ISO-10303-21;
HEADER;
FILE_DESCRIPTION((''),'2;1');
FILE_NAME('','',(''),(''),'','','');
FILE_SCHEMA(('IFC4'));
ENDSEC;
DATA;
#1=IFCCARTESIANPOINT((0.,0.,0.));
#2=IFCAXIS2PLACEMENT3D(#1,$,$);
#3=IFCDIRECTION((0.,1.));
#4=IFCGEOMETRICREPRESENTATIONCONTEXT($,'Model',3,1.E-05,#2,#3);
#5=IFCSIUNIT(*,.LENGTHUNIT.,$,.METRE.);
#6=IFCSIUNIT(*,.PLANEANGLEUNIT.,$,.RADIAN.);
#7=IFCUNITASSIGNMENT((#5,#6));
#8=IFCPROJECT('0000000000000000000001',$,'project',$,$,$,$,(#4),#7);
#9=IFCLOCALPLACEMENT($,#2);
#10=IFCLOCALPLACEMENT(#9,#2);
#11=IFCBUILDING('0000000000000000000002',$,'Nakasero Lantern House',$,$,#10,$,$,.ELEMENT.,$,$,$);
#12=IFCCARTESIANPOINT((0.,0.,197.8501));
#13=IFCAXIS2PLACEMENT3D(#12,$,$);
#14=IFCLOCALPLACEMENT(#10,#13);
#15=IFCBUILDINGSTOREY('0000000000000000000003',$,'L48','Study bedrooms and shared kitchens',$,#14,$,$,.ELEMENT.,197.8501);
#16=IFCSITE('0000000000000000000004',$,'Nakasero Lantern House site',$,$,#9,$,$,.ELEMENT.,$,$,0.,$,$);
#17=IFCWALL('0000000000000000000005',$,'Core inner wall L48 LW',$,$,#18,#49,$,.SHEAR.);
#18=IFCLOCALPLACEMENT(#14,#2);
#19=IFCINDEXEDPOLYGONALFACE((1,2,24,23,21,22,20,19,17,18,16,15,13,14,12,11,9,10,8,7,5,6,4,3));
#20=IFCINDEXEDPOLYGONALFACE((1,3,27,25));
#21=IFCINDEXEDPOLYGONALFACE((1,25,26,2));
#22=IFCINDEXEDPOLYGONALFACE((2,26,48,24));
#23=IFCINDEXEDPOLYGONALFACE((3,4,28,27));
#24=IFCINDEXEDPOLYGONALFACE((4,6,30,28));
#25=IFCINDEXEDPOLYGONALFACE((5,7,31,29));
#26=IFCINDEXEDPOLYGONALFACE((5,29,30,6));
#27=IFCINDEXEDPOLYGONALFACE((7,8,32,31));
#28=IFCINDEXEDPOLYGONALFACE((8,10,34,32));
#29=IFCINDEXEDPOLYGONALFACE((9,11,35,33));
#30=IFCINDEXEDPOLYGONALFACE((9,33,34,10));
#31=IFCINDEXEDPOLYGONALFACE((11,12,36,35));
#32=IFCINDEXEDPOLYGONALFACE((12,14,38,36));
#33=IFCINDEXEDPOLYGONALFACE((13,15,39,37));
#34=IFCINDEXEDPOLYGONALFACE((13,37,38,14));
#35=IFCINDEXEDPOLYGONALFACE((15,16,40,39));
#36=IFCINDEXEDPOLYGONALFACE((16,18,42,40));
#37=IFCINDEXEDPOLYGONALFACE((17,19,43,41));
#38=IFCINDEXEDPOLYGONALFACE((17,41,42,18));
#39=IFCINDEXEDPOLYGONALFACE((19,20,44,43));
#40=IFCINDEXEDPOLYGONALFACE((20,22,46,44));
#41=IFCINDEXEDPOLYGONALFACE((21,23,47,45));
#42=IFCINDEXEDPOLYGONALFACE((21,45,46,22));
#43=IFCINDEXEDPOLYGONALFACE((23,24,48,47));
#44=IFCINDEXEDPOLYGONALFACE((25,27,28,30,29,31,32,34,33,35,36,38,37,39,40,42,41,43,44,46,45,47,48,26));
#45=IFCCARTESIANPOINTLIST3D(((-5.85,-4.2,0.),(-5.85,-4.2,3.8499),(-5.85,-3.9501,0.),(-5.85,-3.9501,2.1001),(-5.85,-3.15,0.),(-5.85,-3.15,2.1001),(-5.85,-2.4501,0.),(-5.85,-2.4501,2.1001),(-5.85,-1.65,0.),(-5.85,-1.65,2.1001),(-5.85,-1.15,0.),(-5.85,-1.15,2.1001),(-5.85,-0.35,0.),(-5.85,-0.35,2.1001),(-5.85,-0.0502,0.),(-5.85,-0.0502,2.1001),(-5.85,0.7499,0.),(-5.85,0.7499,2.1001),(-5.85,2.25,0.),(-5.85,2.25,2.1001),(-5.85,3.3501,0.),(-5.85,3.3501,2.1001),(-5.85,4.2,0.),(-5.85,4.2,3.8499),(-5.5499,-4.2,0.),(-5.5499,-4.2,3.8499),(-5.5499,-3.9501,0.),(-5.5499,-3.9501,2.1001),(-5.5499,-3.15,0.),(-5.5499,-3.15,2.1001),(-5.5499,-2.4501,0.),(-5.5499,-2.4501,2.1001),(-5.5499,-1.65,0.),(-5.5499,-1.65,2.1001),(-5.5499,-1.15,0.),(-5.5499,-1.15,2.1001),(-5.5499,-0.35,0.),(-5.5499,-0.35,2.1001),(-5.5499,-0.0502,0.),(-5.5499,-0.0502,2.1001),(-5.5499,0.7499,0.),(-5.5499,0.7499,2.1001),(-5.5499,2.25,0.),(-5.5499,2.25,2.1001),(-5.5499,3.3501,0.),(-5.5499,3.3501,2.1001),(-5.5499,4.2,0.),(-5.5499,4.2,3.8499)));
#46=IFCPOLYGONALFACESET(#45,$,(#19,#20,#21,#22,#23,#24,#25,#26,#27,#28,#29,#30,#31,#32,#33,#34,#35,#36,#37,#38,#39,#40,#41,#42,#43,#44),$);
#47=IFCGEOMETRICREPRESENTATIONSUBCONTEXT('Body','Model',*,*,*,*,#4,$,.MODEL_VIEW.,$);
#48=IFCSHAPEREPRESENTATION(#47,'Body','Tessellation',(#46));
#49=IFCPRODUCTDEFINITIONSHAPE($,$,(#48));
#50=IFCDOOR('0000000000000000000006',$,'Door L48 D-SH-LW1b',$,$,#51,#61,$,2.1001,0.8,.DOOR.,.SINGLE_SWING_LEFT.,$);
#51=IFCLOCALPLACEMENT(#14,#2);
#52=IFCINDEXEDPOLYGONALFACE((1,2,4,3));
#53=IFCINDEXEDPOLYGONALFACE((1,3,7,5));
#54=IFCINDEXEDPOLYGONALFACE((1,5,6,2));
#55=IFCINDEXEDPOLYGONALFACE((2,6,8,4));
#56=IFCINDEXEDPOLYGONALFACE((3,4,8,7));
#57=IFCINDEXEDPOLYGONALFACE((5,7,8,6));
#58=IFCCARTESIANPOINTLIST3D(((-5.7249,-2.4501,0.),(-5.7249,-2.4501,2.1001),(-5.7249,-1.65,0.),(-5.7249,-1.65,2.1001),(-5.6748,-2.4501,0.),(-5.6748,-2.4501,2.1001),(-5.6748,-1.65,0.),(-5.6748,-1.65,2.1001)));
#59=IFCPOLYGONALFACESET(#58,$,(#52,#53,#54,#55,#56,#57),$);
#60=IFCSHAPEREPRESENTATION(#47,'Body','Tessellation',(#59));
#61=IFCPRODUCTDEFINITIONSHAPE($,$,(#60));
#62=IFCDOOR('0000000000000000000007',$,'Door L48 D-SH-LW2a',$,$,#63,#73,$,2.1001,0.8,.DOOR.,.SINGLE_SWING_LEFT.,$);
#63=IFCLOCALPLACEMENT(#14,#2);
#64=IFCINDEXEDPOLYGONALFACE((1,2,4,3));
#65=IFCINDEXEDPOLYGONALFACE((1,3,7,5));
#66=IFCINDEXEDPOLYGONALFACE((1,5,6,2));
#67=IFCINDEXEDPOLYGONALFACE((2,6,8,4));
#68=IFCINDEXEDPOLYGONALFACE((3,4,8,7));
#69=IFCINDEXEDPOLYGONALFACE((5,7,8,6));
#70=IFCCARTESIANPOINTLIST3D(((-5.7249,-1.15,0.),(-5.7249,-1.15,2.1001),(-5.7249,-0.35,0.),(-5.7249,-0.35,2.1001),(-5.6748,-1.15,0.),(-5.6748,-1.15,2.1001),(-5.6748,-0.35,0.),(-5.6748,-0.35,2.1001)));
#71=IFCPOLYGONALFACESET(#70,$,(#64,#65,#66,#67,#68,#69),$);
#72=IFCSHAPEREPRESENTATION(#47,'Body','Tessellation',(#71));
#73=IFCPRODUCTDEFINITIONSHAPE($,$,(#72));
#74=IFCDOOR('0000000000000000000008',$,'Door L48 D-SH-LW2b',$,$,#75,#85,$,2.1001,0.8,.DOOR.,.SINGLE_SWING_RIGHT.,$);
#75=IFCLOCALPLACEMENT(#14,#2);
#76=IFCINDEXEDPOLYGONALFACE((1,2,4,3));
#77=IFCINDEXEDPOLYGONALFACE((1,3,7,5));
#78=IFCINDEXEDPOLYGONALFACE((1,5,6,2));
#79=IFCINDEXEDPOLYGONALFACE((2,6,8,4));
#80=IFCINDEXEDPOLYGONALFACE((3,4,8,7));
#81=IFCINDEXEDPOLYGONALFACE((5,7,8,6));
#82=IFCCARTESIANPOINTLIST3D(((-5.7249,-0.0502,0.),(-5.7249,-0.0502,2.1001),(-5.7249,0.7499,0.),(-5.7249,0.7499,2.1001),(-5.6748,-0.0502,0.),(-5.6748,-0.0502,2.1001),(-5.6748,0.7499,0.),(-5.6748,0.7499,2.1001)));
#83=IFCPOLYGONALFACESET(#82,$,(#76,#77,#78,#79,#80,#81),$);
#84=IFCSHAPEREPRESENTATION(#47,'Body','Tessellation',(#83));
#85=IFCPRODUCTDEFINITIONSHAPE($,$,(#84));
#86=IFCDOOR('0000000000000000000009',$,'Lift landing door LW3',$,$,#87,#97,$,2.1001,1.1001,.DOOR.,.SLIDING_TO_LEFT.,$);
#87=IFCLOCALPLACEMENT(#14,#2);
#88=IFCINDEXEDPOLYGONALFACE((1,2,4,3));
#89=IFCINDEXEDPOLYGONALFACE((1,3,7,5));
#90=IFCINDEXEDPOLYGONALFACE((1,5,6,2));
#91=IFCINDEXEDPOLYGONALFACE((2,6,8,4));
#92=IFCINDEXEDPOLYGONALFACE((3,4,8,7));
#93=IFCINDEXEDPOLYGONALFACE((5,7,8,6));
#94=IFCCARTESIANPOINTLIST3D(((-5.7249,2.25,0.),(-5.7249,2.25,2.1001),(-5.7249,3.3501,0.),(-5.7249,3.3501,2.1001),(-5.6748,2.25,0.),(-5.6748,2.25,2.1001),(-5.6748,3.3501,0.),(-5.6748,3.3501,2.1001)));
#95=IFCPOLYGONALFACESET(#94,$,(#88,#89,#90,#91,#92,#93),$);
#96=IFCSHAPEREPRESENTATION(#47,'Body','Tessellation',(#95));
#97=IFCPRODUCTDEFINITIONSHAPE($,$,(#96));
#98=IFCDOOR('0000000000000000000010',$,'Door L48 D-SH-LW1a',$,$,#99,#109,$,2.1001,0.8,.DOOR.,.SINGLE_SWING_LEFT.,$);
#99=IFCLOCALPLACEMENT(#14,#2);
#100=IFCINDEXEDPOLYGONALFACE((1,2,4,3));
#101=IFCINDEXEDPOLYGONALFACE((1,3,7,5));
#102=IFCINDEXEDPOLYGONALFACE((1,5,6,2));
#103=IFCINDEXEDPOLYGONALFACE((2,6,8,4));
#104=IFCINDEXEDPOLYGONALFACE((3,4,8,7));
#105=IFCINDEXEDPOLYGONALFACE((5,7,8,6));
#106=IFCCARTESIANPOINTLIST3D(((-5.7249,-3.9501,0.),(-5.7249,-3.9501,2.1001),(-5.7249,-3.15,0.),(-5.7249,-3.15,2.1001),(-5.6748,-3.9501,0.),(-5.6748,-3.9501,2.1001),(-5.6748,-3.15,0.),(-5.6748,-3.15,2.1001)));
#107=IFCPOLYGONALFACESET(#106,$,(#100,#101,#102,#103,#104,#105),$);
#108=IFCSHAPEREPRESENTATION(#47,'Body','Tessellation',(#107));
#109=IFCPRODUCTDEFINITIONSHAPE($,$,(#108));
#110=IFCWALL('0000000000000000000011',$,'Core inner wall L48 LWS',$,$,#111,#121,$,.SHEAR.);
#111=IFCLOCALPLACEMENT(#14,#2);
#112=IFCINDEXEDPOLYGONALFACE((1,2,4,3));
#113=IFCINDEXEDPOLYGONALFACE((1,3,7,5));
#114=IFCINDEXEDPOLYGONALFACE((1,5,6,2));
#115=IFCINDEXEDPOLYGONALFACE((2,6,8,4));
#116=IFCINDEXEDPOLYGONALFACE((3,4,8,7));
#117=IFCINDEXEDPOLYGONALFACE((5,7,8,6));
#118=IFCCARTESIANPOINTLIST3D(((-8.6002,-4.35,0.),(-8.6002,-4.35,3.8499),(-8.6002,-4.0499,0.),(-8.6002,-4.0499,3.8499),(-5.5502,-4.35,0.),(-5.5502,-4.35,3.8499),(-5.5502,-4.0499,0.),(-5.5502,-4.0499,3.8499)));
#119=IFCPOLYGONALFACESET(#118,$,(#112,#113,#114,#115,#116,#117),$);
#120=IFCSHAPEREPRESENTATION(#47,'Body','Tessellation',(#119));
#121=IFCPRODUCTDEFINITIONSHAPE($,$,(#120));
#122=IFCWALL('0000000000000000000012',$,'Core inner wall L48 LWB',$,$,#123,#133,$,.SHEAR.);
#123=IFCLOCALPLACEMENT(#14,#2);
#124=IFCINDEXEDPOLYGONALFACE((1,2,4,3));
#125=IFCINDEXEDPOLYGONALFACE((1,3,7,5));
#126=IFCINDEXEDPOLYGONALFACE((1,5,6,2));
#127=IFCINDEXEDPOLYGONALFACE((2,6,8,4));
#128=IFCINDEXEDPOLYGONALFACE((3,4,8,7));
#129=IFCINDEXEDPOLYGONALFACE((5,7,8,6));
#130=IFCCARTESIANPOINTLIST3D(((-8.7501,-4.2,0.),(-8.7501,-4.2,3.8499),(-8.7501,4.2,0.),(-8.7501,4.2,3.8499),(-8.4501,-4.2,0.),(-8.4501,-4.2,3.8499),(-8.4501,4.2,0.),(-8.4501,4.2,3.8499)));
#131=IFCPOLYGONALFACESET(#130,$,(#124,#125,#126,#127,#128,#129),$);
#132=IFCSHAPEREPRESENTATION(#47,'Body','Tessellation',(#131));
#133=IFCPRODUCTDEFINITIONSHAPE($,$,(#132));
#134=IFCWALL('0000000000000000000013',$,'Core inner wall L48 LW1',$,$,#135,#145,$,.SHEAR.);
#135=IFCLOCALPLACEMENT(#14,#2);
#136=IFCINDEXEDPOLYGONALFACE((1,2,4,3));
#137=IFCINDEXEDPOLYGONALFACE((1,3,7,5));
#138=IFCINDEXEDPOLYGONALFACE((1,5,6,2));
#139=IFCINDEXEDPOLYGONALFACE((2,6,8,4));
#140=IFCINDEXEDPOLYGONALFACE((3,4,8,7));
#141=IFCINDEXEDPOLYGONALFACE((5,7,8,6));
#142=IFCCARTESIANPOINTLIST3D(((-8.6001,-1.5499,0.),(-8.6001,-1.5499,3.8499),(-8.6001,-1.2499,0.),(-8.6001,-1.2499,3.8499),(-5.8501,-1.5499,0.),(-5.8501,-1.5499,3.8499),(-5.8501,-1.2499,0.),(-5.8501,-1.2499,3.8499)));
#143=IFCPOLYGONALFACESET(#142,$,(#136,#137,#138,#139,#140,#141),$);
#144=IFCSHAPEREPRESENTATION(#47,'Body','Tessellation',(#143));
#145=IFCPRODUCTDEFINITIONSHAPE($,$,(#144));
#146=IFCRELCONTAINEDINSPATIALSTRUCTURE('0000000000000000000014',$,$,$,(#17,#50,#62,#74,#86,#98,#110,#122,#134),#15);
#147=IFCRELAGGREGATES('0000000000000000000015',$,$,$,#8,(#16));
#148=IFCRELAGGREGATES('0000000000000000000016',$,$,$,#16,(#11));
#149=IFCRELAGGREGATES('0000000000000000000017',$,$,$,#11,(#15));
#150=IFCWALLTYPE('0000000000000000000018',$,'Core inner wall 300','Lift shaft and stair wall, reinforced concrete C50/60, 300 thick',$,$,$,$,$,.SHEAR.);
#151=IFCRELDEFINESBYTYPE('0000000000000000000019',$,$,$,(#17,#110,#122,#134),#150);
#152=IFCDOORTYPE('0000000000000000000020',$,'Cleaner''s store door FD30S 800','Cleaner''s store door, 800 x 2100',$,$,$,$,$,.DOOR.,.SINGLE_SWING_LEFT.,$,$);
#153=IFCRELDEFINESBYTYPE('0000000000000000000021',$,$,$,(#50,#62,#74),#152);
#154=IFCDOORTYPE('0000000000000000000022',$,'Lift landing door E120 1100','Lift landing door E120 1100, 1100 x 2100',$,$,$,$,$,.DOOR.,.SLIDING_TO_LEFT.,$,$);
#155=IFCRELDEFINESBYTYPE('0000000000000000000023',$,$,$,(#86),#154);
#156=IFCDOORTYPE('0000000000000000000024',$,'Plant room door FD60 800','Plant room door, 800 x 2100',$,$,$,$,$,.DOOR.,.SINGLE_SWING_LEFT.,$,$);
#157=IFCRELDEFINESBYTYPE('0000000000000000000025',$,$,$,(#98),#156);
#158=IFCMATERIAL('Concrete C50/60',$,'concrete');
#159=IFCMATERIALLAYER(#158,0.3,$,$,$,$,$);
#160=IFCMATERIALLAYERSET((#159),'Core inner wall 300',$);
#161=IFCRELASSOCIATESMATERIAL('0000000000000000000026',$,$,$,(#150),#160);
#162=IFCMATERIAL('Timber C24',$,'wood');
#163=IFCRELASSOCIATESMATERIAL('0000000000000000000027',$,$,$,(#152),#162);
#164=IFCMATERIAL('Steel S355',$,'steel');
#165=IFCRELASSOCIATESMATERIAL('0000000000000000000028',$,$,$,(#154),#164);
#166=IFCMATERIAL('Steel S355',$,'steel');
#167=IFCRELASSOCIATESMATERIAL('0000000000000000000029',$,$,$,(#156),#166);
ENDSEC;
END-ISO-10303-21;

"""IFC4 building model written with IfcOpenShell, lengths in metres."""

from ifc_helpers import new_model, si_unit, direction, frame, frame_2d, origin, place, context, subcontext, project, spatial, rectangle, extrude, material, layer, layer_set, type_object, element, fill, save


model = new_model("IFC4")

# Units and contexts
model_context = context("Model", 3, precision=1e-05, world=origin(), true_north=direction((0.0, 1.0)))
body_context = subcontext(model_context, "Body", "Model", "MODEL_VIEW")
ifc_project = project(units=[si_unit("LENGTHUNIT", "METRE"), si_unit("PLANEANGLEUNIT", "RADIAN")], contexts=[model_context])

# Site, building, storey
site_placement = place(None, origin())
site = spatial("IfcSite", under=ifc_project, at=site_placement, Name="Nakasero Lantern House site", CompositionType="ELEMENT", RefElevation=0.0)
building_placement = place(site_placement, origin())
building = spatial("IfcBuilding", under=site, at=building_placement, Name="Nakasero Lantern House", CompositionType="ELEMENT")
storey_placement = place(building_placement, frame((0.0, 0.0, 197.8501)))
storey = spatial("IfcBuildingStorey", under=building, at=storey_placement, Name="L48", Description="Study bedrooms and shared kitchens", CompositionType="ELEMENT", Elevation=197.8501)

# Wall, openings, doors
ifc_material_1 = material(Name="Concrete C50/60", Category="concrete")
ifc_layer_1 = layer(ifc_material_1, 0.3)
ifc_layer_set_1 = layer_set([ifc_layer_1], Name="Core inner wall 300")
wall_type_1 = type_object("IfcWallType", Name="Core inner wall 300", Description="Lift shaft and stair wall, reinforced concrete C50/60, 300 thick", PredefinedType="SHEAR", material=ifc_layer_set_1)
wall_1_placement = place(storey_placement, frame((-5.7, -4.2, 0.0), z_axis=(0.0, 0.0, 1.0), x_axis=(0.0, 1.0, 0.0)))
wall_1 = element("IfcWall", 1, at=wall_1_placement, inside=storey, type_object=wall_type_1, Name="Core inner wall L48 LW", PredefinedType="SHEAR", context=body_context, shape_type="SweptSolid", body=[
    extrude(rectangle(XDim=8.3999, YDim=0.3, at=frame_2d((4.2, 0.0))), origin(), (0.0, 0.0, 1.0), 3.8499),
])
opening_1_placement = place(wall_1_placement, frame((0.25, 0.0, 0.0)))
opening_1 = element("IfcOpeningElement", 2, at=opening_1_placement, cuts=wall_1, PredefinedType="OPENING", context=body_context, shape_type="SweptSolid", body=[
    extrude(rectangle(XDim=0.8, YDim=2.1001, at=frame_2d((0.3999, 1.05))), frame((0.0, 0.1699, 0.0), z_axis=(0.0, -1.0, 0.0), x_axis=(1.0, 0.0, 0.0)), (0.0, 0.0, 1.0), 0.3401),
])
opening_2_placement = place(wall_1_placement, frame((1.75, 0.0, 0.0)))
opening_2 = element("IfcOpeningElement", 3, at=opening_2_placement, cuts=wall_1, PredefinedType="OPENING", context=body_context, shape_type="SweptSolid", body=[
    extrude(rectangle(XDim=0.8, YDim=2.1001, at=frame_2d((0.3999, 1.05))), frame((0.0, 0.1699, 0.0), z_axis=(0.0, -1.0, 0.0), x_axis=(1.0, 0.0, 0.0)), (0.0, 0.0, 1.0), 0.3401),
])
opening_3_placement = place(wall_1_placement, frame((3.05, 0.0, 0.0)))
opening_3 = element("IfcOpeningElement", 4, at=opening_3_placement, cuts=wall_1, PredefinedType="OPENING", context=body_context, shape_type="SweptSolid", body=[
    extrude(rectangle(XDim=0.8, YDim=2.1001, at=frame_2d((0.3999, 1.05))), frame((0.0, 0.1699, 0.0), z_axis=(0.0, -1.0, 0.0), x_axis=(1.0, 0.0, 0.0)), (0.0, 0.0, 1.0), 0.3401),
])
opening_4_placement = place(wall_1_placement, frame((4.1499, 0.0, 0.0)))
opening_4 = element("IfcOpeningElement", 5, at=opening_4_placement, cuts=wall_1, PredefinedType="OPENING", context=body_context, shape_type="SweptSolid", body=[
    extrude(rectangle(XDim=0.8, YDim=2.1001, at=frame_2d((0.3999, 1.05))), frame((0.0, 0.1699, 0.0), z_axis=(0.0, -1.0, 0.0), x_axis=(1.0, 0.0, 0.0)), (0.0, 0.0, 1.0), 0.3401),
])
opening_5_placement = place(wall_1_placement, frame((6.45, 0.0, 0.0)))
opening_5 = element("IfcOpeningElement", 6, at=opening_5_placement, cuts=wall_1, PredefinedType="OPENING", context=body_context, shape_type="SweptSolid", body=[
    extrude(rectangle(XDim=1.1001, YDim=2.1001, at=frame_2d((0.55, 1.05))), frame((0.0, 0.1699, 0.0), z_axis=(0.0, -1.0, 0.0), x_axis=(1.0, 0.0, 0.0)), (0.0, 0.0, 1.0), 0.3401),
])
ifc_material_2 = material(Name="Timber C24", Category="wood")
door_type_1 = type_object("IfcDoorType", Name="Cleaner's store door FD30S 800", Description="Cleaner's store door, 800 x 2100", OperationType="SINGLE_SWING_LEFT", PredefinedType="DOOR", material=ifc_material_2)
door_1_placement = place(opening_2_placement, origin())
door_1 = element("IfcDoor", 7, at=door_1_placement, inside=storey, type_object=door_type_1, Name="Door L48 D-SH-LW1b", OperationType="SINGLE_SWING_LEFT", OverallHeight=2.1001, OverallWidth=0.8, PredefinedType="DOOR", context=body_context, shape_type="SweptSolid", body=[
    extrude(rectangle(XDim=0.8, YDim=2.1001, at=frame_2d((0.3999, 1.05))), frame((0.0, 0.0249, 0.0), z_axis=(0.0, -1.0, 0.0), x_axis=(1.0, 0.0, 0.0)), (0.0, 0.0, 1.0), 0.05),
])
fill(opening_2, door_1)
door_2_placement = place(opening_3_placement, origin())
door_2 = element("IfcDoor", 8, at=door_2_placement, inside=storey, type_object=door_type_1, Name="Door L48 D-SH-LW2a", OperationType="SINGLE_SWING_LEFT", OverallHeight=2.1001, OverallWidth=0.8, PredefinedType="DOOR", context=body_context, shape_type="SweptSolid", body=[
    extrude(rectangle(XDim=0.8, YDim=2.1001, at=frame_2d((0.3999, 1.05))), frame((0.0, 0.0249, 0.0), z_axis=(0.0, -1.0, 0.0), x_axis=(1.0, 0.0, 0.0)), (0.0, 0.0, 1.0), 0.05),
])
fill(opening_3, door_2)
door_3_placement = place(opening_4_placement, origin())
door_3 = element("IfcDoor", 9, at=door_3_placement, inside=storey, type_object=door_type_1, Name="Door L48 D-SH-LW2b", OperationType="SINGLE_SWING_RIGHT", OverallHeight=2.1001, OverallWidth=0.8, PredefinedType="DOOR", context=body_context, shape_type="SweptSolid", body=[
    extrude(rectangle(XDim=0.8, YDim=2.1001, at=frame_2d((0.3999, 1.05))), frame((0.0, 0.0249, 0.0), z_axis=(0.0, -1.0, 0.0), x_axis=(1.0, 0.0, 0.0)), (0.0, 0.0, 1.0), 0.05),
])
fill(opening_4, door_3)
ifc_material_3 = material(Name="Steel S355", Category="steel")
door_type_2 = type_object("IfcDoorType", Name="Lift landing door E120 1100", Description="Lift landing door E120 1100, 1100 x 2100", OperationType="SLIDING_TO_LEFT", PredefinedType="DOOR", material=ifc_material_3)
door_4_placement = place(opening_5_placement, origin())
door_4 = element("IfcDoor", 10, at=door_4_placement, inside=storey, type_object=door_type_2, Name="Lift landing door LW3", OperationType="SLIDING_TO_LEFT", OverallHeight=2.1001, OverallWidth=1.1001, PredefinedType="DOOR", context=body_context, shape_type="SweptSolid", body=[
    extrude(rectangle(XDim=1.1001, YDim=2.1001, at=frame_2d((0.55, 1.05))), frame((0.0, 0.0249, 0.0), z_axis=(0.0, -1.0, 0.0), x_axis=(1.0, 0.0, 0.0)), (0.0, 0.0, 1.0), 0.05),
])
fill(opening_5, door_4)
ifc_material_4 = material(Name="Steel S355", Category="steel")
door_type_3 = type_object("IfcDoorType", Name="Plant room door FD60 800", Description="Plant room door, 800 x 2100", OperationType="SINGLE_SWING_LEFT", PredefinedType="DOOR", material=ifc_material_4)
door_5_placement = place(opening_1_placement, origin())
door_5 = element("IfcDoor", 11, at=door_5_placement, inside=storey, type_object=door_type_3, Name="Door L48 D-SH-LW1a", OperationType="SINGLE_SWING_LEFT", OverallHeight=2.1001, OverallWidth=0.8, PredefinedType="DOOR", context=body_context, shape_type="SweptSolid", body=[
    extrude(rectangle(XDim=0.8, YDim=2.1001, at=frame_2d((0.3999, 1.05))), frame((0.0, 0.0249, 0.0), z_axis=(0.0, -1.0, 0.0), x_axis=(1.0, 0.0, 0.0)), (0.0, 0.0, 1.0), 0.05),
])
fill(opening_1, door_5)

# Walls
wall_2_placement = place(storey_placement, frame((-8.6001, -4.2, 0.0), z_axis=(0.0, 0.0, 1.0), x_axis=(1.0, 0.0, 0.0)))
element("IfcWall", 12, at=wall_2_placement, inside=storey, type_object=wall_type_1, Name="Core inner wall L48 LWS", PredefinedType="SHEAR", context=body_context, shape_type="SweptSolid", body=[
    extrude(rectangle(XDim=3.05, YDim=0.3, at=frame_2d((1.5249, 0.0))), origin(), (0.0, 0.0, 1.0), 3.8499),
])
wall_3_placement = place(storey_placement, frame((-8.6001, -4.2, 0.0), z_axis=(0.0, 0.0, 1.0), x_axis=(0.0, 1.0, 0.0)))
element("IfcWall", 13, at=wall_3_placement, inside=storey, type_object=wall_type_1, Name="Core inner wall L48 LWB", PredefinedType="SHEAR", context=body_context, shape_type="SweptSolid", body=[
    extrude(rectangle(XDim=8.3999, YDim=0.3, at=frame_2d((4.2, 0.0))), origin(), (0.0, 0.0, 1.0), 3.8499),
])
wall_4_placement = place(storey_placement, frame((-8.6001, -1.3999, 0.0), z_axis=(0.0, 0.0, 1.0), x_axis=(1.0, 0.0, 0.0)))
element("IfcWall", 14, at=wall_4_placement, inside=storey, type_object=wall_type_1, Name="Core inner wall L48 LW1", PredefinedType="SHEAR", context=body_context, shape_type="SweptSolid", body=[
    extrude(rectangle(XDim=2.75, YDim=0.3, at=frame_2d((1.375, 0.0))), origin(), (0.0, 0.0, 1.0), 3.8499),
])

save(model, "model.ifc")
